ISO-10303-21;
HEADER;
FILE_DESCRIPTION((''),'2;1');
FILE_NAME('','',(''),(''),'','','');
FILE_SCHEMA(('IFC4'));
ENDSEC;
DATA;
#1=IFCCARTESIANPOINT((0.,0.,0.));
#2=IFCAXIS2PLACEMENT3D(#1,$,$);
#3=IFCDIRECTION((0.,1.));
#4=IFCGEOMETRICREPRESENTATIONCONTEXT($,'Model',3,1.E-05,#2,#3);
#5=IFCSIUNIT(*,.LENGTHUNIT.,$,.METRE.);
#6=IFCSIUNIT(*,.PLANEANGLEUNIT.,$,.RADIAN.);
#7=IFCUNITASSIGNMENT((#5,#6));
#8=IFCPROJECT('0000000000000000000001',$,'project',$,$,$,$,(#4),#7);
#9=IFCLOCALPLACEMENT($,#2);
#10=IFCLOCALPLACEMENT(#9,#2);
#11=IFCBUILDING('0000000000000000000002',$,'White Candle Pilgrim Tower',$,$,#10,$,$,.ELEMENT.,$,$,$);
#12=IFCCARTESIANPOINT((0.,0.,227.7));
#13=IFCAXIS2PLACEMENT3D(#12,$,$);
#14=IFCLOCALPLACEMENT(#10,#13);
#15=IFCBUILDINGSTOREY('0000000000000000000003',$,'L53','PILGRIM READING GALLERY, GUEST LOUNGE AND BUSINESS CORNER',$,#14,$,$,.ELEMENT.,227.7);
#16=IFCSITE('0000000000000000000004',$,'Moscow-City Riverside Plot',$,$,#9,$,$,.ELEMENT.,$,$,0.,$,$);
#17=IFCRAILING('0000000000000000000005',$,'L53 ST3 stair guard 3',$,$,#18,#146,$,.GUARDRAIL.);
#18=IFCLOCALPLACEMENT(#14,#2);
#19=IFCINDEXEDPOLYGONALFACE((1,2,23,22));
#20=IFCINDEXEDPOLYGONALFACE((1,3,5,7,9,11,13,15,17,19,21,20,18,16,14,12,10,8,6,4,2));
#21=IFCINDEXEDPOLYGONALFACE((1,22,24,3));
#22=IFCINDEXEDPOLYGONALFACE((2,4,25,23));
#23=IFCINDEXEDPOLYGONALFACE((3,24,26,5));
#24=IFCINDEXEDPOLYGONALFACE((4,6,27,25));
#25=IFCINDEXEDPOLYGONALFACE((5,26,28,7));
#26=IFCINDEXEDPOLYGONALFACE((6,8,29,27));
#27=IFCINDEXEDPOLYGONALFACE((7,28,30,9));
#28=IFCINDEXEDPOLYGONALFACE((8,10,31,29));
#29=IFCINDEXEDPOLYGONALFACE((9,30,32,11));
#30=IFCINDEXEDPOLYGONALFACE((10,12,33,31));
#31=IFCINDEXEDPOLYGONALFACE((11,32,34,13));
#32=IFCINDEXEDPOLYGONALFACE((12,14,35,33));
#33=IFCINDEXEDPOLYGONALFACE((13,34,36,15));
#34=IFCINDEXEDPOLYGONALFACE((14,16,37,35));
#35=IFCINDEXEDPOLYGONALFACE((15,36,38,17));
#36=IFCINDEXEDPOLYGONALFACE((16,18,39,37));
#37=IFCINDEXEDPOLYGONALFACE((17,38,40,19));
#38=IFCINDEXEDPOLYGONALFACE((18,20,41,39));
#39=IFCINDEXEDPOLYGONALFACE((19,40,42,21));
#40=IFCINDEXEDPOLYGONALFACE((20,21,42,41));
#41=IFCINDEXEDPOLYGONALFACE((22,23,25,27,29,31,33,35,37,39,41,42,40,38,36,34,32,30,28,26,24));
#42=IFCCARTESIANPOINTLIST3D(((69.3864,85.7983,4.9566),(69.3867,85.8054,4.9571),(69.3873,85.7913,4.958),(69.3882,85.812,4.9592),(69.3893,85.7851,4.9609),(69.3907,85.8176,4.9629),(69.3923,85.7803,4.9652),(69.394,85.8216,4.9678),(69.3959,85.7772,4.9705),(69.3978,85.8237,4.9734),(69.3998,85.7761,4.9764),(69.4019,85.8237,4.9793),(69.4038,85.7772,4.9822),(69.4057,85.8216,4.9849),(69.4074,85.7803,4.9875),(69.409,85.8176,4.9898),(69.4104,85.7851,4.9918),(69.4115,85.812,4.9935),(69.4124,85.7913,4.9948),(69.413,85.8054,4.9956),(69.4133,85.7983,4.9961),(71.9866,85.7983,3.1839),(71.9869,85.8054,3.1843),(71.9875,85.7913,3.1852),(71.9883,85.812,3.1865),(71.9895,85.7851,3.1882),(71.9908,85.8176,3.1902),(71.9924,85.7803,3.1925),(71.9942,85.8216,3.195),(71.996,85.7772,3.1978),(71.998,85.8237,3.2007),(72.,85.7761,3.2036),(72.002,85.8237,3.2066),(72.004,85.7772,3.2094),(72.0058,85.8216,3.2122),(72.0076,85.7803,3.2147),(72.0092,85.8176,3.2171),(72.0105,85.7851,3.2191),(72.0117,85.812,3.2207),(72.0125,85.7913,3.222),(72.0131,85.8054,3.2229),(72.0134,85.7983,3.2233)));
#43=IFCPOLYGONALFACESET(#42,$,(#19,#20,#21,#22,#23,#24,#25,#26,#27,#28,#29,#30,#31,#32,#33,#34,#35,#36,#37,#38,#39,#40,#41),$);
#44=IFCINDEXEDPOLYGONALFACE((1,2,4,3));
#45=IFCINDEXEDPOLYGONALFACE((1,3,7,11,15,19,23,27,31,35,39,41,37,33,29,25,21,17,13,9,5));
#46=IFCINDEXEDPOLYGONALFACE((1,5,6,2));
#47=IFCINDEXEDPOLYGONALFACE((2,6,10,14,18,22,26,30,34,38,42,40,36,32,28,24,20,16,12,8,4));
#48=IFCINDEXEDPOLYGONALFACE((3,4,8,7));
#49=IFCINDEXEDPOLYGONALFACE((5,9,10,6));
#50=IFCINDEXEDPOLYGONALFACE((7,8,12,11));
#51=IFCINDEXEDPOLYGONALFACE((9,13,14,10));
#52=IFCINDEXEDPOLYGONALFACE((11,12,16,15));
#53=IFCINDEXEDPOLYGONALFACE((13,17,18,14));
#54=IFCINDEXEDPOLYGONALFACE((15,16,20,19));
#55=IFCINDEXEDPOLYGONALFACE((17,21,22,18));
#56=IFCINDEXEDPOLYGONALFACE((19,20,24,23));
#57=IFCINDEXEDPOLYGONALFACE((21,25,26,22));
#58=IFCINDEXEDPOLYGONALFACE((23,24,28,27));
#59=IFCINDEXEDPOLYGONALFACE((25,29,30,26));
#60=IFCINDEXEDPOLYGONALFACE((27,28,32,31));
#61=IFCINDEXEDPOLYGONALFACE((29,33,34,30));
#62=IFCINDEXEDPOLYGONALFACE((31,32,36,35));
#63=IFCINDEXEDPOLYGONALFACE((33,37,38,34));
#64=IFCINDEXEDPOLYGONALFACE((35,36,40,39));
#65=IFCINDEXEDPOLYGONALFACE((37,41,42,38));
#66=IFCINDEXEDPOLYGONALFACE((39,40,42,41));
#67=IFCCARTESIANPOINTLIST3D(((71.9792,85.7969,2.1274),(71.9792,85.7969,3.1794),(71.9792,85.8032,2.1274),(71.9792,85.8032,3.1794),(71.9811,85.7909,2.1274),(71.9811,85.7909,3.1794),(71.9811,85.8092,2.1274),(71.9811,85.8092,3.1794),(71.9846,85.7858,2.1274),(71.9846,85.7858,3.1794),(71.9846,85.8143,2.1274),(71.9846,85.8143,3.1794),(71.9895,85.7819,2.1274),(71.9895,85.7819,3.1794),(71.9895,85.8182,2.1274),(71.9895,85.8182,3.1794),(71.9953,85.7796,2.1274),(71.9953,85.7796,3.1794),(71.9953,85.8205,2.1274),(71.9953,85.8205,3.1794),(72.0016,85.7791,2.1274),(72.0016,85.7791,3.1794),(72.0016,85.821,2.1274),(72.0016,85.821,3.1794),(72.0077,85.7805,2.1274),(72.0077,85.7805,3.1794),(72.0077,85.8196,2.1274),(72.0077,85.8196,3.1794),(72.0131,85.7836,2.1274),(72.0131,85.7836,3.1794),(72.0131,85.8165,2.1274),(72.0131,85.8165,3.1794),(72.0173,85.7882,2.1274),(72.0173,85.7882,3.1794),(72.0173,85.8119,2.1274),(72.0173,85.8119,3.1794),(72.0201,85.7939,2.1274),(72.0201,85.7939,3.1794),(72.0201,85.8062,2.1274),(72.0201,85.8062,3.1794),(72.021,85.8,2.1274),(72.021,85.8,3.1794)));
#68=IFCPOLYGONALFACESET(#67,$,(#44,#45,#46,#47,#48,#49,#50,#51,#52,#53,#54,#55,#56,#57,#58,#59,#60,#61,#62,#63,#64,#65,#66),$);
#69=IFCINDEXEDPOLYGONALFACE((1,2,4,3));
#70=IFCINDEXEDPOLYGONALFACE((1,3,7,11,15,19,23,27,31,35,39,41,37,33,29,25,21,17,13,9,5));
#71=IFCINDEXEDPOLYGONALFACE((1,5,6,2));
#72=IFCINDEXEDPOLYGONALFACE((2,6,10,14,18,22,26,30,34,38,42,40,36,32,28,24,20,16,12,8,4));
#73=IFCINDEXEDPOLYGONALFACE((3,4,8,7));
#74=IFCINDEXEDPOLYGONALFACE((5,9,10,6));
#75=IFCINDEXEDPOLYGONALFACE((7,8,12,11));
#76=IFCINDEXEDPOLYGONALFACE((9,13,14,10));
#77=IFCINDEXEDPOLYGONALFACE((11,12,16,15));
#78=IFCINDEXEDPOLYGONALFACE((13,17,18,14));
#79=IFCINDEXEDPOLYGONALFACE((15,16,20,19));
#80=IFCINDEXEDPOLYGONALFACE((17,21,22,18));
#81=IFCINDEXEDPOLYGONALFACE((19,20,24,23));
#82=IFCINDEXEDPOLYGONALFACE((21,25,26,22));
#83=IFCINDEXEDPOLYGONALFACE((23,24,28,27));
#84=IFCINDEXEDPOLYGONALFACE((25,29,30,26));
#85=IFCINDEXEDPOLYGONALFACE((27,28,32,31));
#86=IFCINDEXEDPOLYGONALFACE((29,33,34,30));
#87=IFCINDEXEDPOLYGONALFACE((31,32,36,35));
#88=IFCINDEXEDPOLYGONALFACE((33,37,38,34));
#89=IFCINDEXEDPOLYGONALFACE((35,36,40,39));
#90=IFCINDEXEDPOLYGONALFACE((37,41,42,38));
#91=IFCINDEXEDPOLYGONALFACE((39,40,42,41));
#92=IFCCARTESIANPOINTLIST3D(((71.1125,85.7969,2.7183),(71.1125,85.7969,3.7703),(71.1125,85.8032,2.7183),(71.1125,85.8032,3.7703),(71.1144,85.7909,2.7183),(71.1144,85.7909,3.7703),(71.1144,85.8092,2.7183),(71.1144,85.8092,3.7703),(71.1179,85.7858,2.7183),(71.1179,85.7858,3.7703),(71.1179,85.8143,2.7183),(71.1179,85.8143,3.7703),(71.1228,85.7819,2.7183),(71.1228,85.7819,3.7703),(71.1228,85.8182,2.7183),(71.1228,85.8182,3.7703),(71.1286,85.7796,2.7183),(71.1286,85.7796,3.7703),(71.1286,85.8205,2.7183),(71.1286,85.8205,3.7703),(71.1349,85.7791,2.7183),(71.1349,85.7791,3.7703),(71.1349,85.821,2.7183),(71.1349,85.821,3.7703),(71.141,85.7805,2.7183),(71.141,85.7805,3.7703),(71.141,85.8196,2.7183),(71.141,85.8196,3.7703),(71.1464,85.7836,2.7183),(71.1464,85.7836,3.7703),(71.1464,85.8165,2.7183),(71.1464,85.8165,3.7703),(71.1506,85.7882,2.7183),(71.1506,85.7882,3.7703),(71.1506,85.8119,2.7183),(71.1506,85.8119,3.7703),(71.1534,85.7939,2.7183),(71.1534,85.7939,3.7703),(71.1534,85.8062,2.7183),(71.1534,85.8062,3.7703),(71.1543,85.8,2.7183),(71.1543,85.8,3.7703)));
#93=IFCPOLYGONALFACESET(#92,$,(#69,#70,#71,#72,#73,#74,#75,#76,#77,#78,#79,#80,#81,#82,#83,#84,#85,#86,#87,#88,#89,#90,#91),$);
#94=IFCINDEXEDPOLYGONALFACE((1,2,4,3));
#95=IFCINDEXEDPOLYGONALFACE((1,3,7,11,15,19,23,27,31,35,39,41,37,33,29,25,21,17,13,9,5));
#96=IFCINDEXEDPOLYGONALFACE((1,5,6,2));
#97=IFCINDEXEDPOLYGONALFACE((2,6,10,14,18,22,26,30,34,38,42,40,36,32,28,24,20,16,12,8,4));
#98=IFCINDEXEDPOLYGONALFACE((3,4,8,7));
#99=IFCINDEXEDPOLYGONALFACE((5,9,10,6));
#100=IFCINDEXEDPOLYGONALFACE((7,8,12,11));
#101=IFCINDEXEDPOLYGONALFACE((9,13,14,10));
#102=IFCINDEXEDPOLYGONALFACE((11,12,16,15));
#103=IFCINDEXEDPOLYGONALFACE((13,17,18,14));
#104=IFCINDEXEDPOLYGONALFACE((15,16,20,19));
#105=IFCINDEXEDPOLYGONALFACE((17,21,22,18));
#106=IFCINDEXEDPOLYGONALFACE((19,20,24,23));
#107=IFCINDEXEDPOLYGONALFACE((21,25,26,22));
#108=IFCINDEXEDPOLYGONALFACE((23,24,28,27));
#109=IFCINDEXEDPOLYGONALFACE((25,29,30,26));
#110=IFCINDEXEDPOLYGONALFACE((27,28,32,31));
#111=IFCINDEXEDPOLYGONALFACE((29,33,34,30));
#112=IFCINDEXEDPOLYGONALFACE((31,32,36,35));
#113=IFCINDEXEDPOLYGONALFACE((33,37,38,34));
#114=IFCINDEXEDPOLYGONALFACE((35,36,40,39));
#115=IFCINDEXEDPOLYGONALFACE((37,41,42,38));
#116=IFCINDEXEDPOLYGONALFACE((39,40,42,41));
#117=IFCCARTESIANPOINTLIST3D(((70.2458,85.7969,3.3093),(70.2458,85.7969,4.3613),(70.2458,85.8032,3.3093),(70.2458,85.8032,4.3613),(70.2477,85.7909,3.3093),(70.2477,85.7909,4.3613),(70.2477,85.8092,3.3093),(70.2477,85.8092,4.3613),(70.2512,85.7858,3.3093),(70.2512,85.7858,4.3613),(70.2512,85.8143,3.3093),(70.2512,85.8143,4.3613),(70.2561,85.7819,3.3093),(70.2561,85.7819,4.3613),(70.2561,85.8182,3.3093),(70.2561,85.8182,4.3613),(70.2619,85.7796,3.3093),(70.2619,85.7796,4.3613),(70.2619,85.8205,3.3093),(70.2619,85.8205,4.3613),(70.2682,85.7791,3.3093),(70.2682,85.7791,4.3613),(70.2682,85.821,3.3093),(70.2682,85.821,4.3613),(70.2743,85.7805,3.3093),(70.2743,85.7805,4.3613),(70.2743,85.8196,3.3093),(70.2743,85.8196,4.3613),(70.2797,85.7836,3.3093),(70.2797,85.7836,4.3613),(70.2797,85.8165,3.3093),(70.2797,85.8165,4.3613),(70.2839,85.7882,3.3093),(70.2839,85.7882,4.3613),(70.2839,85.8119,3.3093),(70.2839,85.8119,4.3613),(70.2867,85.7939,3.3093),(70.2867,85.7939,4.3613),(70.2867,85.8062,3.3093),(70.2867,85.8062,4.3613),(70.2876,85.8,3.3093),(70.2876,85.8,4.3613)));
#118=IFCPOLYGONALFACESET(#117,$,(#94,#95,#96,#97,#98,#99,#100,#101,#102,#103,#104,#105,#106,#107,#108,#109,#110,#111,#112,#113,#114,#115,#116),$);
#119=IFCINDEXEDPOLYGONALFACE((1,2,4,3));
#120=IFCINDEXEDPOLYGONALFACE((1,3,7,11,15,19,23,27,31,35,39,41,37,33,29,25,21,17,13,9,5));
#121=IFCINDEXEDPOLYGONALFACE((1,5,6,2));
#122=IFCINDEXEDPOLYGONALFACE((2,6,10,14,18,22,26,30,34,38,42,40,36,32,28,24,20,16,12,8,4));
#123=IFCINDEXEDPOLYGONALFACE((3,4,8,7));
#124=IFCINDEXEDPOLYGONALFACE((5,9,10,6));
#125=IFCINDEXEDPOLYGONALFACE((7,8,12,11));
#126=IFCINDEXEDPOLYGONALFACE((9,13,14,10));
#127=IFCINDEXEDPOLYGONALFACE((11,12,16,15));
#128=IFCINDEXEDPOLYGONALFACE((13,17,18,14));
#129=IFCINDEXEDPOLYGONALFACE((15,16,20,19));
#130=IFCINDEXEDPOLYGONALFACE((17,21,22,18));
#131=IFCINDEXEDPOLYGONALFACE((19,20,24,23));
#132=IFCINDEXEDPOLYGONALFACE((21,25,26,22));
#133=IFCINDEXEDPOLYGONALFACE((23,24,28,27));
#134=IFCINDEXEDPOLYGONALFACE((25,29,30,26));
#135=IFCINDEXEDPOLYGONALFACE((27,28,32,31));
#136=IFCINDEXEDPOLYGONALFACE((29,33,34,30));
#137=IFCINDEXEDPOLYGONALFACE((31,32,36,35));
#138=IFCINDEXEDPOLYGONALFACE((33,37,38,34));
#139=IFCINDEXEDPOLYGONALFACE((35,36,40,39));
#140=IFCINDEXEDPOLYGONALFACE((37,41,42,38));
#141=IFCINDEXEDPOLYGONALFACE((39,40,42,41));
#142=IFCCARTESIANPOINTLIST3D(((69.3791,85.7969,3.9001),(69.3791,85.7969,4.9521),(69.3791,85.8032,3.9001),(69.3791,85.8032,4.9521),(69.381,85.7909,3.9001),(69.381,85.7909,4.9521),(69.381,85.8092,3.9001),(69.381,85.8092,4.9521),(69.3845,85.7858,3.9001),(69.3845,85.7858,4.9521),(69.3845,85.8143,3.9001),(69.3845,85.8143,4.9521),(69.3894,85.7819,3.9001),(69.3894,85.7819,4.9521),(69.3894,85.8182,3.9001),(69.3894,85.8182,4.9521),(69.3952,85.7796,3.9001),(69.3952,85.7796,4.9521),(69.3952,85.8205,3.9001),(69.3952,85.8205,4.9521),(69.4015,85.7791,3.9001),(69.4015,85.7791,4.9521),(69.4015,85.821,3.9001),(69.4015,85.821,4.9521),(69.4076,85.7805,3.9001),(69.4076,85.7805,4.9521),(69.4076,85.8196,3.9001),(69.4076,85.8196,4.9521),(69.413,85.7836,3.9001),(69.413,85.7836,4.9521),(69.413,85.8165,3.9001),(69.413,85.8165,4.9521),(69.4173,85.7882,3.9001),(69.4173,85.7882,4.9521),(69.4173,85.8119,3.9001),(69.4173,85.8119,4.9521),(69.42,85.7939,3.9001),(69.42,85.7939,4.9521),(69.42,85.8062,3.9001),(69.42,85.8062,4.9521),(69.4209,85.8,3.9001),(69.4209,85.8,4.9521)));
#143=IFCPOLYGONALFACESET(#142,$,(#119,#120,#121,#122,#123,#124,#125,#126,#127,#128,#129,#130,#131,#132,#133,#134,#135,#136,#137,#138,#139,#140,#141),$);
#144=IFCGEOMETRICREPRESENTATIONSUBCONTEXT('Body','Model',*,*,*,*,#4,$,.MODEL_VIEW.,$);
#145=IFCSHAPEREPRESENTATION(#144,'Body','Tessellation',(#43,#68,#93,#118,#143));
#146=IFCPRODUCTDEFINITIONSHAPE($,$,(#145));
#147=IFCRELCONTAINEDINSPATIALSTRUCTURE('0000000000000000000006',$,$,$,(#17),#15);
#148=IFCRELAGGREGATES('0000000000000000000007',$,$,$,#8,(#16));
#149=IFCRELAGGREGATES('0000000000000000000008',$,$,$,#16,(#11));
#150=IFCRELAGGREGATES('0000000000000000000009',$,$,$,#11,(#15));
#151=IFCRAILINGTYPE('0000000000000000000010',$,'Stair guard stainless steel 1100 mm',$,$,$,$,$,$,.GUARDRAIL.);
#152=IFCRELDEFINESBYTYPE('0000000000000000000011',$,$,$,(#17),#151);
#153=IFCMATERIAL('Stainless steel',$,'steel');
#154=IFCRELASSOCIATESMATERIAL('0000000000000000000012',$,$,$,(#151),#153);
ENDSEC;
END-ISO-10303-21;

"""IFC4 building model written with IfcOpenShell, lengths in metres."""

from ifc_helpers import new_model, si_unit, direction, frame, origin, origin_2d, place, context, subcontext, project, spatial, circle, extrude, material, type_object, element, save


model = new_model("IFC4")

# Units and contexts
model_context = context("Model", 3, precision=1e-05, world=origin(), true_north=direction((0.0, 1.0)))
body_context = subcontext(model_context, "Body", "Model", "MODEL_VIEW")
ifc_project = project(units=[si_unit("LENGTHUNIT", "METRE"), si_unit("PLANEANGLEUNIT", "RADIAN")], contexts=[model_context])

# Site, building, storey
site_placement = place(None, origin())
site = spatial("IfcSite", under=ifc_project, at=site_placement, Name="Moscow-City Riverside Plot", CompositionType="ELEMENT", RefElevation=0.0)
building_placement = place(site_placement, origin())
building = spatial("IfcBuilding", under=site, at=building_placement, Name="White Candle Pilgrim Tower", CompositionType="ELEMENT")
storey_placement = place(building_placement, frame((0.0, 0.0, 227.7)))
storey = spatial("IfcBuildingStorey", under=building, at=storey_placement, Name="L53", Description="PILGRIM READING GALLERY, GUEST LOUNGE AND BUSINESS CORNER", CompositionType="ELEMENT", Elevation=227.7)

# Shared definitions
ifc_material_1 = material(Name="Stainless steel", Category="steel")

# Railing
railing_type_1 = type_object("IfcRailingType", Name="Stair guard stainless steel 1100 mm", PredefinedType="GUARDRAIL", material=ifc_material_1)
railing_1_placement = place(storey_placement, frame((72.0, 85.8, 2.1274)))
element("IfcRailing", 1, at=railing_1_placement, inside=storey, type_object=railing_type_1, Name="L53 ST3 stair guard 3", PredefinedType="GUARDRAIL", context=body_context, shape_type="SweptSolid", body=[
    extrude(circle(Radius=0.0239, at=origin_2d()), frame((0.0, 0.0, 1.0762), z_axis=(-0.82624, 0.0, 0.563318), x_axis=(0.0, -1.0, 0.0)), (0.0, 0.0, 1.0), 3.147),
    extrude(circle(Radius=0.021, at=origin_2d()), origin(), (0.0, 0.0, 1.0), 1.052),
    extrude(circle(Radius=0.021, at=origin_2d()), frame((-0.8667, 0.0, 0.5908)), (0.0, 0.0, 1.0), 1.052),
    extrude(circle(Radius=0.021, at=origin_2d()), frame((-1.7334, 0.0, 1.1819)), (0.0, 0.0, 1.0), 1.052),
    extrude(circle(Radius=0.021, at=origin_2d()), frame((-2.6001, 0.0, 1.7727)), (0.0, 0.0, 1.0), 1.052),
])

save(model, "model.ifc")
